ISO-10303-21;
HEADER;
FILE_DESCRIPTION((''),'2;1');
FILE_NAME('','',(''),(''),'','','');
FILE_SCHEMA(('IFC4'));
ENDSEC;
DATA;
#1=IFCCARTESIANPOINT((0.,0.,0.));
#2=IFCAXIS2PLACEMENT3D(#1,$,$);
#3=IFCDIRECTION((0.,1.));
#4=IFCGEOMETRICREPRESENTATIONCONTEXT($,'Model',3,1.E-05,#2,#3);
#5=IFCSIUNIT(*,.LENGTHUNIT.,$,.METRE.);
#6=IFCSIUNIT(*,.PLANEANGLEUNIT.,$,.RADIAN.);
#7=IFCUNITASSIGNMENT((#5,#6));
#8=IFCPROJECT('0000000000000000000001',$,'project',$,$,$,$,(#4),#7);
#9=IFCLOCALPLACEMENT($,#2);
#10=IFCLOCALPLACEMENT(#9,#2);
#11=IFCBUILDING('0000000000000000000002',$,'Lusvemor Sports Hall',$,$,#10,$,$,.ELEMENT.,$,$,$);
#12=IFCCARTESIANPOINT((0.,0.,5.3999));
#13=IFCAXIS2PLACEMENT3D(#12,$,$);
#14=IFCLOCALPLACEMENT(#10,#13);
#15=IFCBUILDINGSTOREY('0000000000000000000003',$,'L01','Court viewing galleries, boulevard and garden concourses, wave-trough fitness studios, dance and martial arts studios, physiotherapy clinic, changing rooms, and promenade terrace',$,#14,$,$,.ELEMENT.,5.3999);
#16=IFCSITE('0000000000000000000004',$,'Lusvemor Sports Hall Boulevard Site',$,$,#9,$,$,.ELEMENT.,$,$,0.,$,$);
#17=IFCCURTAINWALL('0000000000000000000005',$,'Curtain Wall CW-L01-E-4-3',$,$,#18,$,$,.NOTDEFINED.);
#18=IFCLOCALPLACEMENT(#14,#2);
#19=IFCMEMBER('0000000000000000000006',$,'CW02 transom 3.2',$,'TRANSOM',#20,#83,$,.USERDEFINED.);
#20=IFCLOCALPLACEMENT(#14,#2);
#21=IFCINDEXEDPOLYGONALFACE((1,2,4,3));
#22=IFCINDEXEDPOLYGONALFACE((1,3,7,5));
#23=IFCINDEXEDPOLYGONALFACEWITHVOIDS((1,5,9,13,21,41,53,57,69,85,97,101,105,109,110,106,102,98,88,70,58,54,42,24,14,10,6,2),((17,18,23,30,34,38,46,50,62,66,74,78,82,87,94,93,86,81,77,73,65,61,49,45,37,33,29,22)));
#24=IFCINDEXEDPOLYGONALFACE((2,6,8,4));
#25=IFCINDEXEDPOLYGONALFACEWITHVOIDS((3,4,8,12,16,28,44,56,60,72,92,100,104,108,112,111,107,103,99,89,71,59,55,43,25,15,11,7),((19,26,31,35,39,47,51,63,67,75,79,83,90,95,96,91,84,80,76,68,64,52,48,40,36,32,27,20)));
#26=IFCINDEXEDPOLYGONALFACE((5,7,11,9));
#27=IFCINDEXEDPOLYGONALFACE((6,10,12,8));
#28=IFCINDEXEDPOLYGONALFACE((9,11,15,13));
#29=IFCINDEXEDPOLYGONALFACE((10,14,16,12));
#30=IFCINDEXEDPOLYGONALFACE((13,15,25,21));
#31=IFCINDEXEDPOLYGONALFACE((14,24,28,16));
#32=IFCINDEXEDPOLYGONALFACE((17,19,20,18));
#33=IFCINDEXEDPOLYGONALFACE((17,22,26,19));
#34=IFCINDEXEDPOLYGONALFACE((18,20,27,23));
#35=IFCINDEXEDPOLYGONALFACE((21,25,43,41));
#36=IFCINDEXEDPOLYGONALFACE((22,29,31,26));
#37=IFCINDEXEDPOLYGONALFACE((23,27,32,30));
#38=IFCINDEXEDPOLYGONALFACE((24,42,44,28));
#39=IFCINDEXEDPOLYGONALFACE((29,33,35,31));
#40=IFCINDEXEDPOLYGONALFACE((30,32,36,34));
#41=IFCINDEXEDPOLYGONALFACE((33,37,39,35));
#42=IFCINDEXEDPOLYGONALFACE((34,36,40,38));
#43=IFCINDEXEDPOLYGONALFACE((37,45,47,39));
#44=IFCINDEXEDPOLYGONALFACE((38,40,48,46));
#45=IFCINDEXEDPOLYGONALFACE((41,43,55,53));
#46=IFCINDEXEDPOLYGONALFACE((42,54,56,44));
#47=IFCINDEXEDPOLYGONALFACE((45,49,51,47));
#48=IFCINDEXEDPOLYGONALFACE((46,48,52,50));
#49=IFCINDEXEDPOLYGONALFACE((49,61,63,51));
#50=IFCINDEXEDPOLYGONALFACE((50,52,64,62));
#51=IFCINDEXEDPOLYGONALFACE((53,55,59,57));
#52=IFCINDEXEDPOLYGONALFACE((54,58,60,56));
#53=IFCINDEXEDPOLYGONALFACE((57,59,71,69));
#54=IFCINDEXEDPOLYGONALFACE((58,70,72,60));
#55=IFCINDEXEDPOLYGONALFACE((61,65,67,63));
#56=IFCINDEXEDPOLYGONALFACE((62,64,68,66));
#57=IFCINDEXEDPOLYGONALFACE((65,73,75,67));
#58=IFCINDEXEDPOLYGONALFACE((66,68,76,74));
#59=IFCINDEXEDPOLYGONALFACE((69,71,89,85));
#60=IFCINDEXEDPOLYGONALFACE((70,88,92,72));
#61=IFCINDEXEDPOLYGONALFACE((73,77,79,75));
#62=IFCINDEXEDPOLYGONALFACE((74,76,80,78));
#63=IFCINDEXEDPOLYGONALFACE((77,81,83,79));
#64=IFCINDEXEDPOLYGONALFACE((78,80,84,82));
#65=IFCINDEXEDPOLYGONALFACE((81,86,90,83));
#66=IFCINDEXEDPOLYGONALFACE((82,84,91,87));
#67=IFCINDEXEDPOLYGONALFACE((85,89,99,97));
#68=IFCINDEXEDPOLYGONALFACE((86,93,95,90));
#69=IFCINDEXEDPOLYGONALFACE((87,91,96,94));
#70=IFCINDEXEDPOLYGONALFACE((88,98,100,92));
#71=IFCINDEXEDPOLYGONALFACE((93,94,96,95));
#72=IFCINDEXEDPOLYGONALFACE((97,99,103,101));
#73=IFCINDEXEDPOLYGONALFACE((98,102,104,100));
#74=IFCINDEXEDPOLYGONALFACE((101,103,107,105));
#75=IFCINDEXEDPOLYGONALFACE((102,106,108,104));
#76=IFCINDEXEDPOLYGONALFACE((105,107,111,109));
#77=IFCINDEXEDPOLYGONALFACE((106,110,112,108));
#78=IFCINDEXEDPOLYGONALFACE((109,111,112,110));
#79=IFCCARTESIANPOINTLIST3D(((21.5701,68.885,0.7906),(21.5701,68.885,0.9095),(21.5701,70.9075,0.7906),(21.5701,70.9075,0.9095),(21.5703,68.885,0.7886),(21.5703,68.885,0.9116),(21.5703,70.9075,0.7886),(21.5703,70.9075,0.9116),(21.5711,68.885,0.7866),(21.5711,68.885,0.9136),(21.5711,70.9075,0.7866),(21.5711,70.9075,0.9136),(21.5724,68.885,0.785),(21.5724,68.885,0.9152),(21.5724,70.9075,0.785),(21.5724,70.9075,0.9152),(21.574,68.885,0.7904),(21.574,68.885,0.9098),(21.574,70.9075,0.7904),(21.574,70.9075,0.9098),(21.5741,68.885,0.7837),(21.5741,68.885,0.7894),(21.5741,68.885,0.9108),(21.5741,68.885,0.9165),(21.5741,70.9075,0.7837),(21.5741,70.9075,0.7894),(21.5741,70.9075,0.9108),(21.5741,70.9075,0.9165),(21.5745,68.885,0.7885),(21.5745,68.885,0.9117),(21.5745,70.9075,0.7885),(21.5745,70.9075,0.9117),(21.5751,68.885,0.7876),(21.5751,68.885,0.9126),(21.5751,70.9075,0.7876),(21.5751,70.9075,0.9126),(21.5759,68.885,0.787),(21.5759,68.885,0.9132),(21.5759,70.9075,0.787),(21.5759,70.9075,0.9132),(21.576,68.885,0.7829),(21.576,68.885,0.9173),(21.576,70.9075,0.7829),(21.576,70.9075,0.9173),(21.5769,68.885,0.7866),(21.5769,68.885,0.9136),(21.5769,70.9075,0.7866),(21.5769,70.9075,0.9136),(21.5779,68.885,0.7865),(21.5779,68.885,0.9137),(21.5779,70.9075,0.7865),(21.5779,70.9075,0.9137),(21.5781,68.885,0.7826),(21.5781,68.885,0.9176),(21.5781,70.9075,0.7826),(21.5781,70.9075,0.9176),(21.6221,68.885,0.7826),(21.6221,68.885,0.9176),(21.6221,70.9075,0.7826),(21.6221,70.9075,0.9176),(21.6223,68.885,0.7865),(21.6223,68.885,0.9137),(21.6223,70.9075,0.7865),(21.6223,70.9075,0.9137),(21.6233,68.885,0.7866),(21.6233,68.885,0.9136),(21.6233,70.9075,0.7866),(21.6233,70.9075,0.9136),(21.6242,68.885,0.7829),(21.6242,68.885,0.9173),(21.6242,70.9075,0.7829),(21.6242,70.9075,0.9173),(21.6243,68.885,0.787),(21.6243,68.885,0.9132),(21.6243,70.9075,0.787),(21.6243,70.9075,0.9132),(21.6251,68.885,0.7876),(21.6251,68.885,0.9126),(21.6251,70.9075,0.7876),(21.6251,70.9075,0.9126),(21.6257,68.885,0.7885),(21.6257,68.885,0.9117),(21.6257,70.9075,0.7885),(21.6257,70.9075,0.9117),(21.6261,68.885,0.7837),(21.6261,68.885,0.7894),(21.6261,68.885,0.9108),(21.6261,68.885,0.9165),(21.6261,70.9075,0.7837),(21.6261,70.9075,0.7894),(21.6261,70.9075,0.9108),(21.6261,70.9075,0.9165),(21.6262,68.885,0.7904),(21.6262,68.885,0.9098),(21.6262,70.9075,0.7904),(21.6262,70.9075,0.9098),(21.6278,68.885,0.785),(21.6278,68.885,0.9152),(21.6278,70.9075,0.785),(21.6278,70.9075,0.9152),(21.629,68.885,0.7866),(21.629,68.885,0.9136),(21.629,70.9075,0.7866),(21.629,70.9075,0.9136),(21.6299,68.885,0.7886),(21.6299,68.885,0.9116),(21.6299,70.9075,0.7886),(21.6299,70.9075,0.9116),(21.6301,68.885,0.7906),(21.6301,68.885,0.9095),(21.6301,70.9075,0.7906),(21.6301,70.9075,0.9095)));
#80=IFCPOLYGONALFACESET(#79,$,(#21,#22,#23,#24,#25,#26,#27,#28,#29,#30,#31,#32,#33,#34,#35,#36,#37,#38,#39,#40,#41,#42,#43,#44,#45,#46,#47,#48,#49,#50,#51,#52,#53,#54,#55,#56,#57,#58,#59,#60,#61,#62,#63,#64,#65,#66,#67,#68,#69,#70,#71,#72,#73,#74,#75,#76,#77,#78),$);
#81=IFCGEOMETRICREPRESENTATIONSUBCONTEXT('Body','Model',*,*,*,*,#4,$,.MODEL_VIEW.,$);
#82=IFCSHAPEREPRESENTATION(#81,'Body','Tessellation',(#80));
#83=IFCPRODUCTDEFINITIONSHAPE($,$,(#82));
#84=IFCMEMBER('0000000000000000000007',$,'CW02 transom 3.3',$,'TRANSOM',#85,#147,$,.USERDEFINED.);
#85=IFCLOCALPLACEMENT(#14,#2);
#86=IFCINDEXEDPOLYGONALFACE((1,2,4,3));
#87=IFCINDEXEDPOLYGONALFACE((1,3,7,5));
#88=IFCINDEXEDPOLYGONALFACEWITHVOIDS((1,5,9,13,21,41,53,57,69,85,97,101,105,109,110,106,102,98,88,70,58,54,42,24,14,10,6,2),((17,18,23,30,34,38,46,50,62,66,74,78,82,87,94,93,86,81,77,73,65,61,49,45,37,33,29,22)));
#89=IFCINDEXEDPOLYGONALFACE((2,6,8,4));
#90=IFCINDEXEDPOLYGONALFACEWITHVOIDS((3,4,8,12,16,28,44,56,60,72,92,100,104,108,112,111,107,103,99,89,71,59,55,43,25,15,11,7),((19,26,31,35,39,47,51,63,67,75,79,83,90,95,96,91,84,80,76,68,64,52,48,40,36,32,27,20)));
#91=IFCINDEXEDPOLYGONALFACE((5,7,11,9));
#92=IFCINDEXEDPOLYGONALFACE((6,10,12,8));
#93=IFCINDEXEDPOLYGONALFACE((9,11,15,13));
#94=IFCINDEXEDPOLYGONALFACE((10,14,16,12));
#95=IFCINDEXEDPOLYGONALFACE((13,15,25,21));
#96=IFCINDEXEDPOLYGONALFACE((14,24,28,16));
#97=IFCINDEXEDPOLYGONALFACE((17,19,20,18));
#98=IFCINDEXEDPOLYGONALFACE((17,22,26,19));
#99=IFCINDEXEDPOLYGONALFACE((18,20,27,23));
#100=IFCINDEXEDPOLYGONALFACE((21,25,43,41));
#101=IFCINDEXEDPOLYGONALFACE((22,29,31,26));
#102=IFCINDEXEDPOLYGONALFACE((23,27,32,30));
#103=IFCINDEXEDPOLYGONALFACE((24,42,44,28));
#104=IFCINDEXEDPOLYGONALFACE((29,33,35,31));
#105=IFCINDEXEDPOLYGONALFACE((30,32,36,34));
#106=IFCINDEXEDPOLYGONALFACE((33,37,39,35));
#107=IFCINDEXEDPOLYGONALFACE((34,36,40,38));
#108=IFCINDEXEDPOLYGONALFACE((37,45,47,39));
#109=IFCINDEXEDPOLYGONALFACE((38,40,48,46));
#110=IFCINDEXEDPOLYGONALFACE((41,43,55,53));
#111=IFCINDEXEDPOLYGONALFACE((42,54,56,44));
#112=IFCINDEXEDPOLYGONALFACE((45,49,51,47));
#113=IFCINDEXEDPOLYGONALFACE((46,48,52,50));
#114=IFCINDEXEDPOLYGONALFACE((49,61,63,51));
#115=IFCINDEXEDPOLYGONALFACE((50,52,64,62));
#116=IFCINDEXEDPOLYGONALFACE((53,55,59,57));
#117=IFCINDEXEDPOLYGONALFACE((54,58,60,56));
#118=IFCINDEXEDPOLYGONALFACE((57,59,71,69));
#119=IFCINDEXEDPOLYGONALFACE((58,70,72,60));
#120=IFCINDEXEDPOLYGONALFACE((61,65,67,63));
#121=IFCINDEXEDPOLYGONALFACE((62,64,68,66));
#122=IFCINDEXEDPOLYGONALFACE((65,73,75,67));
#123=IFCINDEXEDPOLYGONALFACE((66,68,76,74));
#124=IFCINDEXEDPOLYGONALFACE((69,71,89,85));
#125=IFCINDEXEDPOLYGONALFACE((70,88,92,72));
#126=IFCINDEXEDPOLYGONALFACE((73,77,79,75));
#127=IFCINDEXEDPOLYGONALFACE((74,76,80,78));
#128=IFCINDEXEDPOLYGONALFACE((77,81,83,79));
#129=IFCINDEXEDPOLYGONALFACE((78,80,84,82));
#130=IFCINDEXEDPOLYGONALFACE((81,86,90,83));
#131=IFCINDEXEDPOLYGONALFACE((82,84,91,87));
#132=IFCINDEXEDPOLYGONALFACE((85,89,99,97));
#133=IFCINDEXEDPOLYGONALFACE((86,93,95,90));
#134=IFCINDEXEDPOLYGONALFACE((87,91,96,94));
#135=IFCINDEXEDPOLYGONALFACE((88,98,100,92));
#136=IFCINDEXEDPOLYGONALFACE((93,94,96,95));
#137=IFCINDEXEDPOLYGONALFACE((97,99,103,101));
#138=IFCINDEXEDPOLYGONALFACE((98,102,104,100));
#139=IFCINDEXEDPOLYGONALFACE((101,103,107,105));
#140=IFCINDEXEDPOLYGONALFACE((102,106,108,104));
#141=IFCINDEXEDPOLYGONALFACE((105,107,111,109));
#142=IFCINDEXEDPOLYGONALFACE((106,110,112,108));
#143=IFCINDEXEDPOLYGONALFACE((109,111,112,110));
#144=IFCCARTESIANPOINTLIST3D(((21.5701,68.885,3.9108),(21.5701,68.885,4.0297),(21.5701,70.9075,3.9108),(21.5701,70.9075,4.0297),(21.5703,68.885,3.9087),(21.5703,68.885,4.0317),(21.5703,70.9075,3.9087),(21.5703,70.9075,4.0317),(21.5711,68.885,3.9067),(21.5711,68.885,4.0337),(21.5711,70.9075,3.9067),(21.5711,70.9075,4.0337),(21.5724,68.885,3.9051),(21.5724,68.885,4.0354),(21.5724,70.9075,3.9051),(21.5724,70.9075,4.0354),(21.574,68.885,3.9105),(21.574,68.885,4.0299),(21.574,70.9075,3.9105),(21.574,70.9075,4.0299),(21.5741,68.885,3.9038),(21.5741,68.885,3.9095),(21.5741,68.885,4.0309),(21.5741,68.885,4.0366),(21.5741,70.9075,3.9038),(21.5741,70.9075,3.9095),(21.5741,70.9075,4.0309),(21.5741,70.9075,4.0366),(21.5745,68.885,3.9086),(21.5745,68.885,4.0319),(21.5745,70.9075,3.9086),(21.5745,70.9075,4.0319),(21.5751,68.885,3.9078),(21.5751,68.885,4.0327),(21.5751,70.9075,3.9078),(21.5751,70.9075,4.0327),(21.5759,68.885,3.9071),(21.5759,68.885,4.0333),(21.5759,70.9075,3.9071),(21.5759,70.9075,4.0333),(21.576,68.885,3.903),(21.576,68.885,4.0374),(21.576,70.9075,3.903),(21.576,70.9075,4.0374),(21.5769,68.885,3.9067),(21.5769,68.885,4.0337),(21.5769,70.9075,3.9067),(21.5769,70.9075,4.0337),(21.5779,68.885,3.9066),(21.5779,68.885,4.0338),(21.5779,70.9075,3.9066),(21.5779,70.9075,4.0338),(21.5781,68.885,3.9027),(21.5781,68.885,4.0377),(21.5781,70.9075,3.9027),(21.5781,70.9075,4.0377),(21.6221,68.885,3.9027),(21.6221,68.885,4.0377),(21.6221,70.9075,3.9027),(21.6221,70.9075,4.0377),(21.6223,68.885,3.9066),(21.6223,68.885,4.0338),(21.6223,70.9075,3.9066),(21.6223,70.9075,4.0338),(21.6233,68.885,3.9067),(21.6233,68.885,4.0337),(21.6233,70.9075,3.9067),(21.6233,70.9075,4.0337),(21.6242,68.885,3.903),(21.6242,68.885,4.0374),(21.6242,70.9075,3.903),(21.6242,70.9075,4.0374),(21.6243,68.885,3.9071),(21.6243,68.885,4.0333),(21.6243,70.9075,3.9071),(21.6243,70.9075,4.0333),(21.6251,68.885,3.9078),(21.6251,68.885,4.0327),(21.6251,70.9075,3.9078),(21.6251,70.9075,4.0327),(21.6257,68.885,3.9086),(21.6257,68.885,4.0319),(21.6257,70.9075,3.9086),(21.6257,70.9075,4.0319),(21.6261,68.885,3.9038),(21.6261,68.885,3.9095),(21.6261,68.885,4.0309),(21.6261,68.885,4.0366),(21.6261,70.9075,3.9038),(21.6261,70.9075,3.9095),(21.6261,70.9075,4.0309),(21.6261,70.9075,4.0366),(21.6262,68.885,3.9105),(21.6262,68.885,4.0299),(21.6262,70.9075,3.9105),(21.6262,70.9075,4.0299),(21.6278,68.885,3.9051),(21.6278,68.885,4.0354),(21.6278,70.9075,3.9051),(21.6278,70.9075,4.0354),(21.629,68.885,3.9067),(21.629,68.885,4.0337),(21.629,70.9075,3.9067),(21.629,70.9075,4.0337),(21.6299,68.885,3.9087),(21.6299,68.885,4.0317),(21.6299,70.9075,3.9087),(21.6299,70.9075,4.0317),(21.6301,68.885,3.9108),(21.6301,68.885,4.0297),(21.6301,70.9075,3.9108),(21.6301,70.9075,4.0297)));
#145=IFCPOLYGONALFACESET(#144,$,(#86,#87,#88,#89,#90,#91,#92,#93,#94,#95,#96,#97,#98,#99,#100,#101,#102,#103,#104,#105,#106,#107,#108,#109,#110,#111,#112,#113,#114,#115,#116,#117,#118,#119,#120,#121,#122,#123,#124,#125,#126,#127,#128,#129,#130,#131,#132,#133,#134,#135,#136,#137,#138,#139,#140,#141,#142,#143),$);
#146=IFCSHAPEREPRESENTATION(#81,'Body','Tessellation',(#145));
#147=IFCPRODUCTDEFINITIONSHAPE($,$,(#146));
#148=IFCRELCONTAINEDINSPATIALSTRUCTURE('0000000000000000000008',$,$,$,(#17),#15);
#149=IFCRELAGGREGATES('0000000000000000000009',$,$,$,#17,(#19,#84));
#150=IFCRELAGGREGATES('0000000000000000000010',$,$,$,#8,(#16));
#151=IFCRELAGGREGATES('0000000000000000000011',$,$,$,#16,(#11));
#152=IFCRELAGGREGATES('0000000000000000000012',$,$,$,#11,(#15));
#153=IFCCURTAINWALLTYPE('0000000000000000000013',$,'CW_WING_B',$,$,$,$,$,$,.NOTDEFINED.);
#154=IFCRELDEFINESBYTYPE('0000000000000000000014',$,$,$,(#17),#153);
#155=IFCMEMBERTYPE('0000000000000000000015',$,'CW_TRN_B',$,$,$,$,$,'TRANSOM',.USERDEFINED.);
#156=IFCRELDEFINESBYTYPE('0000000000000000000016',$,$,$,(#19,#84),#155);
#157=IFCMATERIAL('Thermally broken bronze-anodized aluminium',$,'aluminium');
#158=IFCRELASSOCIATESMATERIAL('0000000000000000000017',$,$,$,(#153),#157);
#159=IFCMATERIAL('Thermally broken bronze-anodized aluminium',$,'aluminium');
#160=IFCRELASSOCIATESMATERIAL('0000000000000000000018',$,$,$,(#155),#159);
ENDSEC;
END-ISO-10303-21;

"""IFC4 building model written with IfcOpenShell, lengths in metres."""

from ifc_helpers import new_model, si_unit, direction, frame, origin, origin_2d, place, context, subcontext, project, spatial, hollow_rectangle, extrude, material, material_profile, profile_set, type_object, element, aggregate, save


model = new_model("IFC4")

# Units and contexts
model_context = context("Model", 3, precision=1e-05, world=origin(), true_north=direction((0.0, 1.0)))
body_context = subcontext(model_context, "Body", "Model", "MODEL_VIEW")
ifc_project = project(units=[si_unit("LENGTHUNIT", "METRE"), si_unit("PLANEANGLEUNIT", "RADIAN")], contexts=[model_context])

# Site, building, storey
site_placement = place(None, origin())
site = spatial("IfcSite", under=ifc_project, at=site_placement, Name="Lusvemor Sports Hall Boulevard Site", CompositionType="ELEMENT", RefElevation=0.0)
building_placement = place(site_placement, origin())
building = spatial("IfcBuilding", under=site, at=building_placement, Name="Lusvemor Sports Hall", CompositionType="ELEMENT")
storey_placement = place(building_placement, frame((0.0, 0.0, 5.3999)))
storey = spatial("IfcBuildingStorey", under=building, at=storey_placement, Name="L01", Description="Court viewing galleries, boulevard and garden concourses, wave-trough fitness studios, dance and martial arts studios, physiotherapy clinic, changing rooms, and promenade terrace", CompositionType="ELEMENT", Elevation=5.3999)

# Shared definitions
ifc_material_1 = material(Name="Thermally broken bronze-anodized aluminium", Category="aluminium")
curtain_wall_type = type_object("IfcCurtainWallType", Name="CW_WING_B", PredefinedType="NOTDEFINED", material=ifc_material_1)

# Curtain wall
curtain_wall_1_placement = place(storey_placement, origin())
curtain_wall_1 = element("IfcCurtainWall", 1, at=curtain_wall_1_placement, inside=storey, type_object=curtain_wall_type, Name="Curtain Wall CW-L01-E-4-3", PredefinedType="NOTDEFINED")

# Members
ifc_material_2 = material(Name="Thermally broken bronze-anodized aluminium", Category="aluminium")
ifc_material_profile_1 = material_profile(ifc_material_2, hollow_rectangle(XDim=0.0601, YDim=0.135, WallThickness=0.0039, InnerFilletRadius=0.0039, OuterFilletRadius=0.0081, at=origin_2d()), Name="CWTRN135x60x4")
ifc_profile_set_1 = profile_set([ifc_material_profile_1], Name="Thermally broken bronze-anodized aluminium")
member_type_1 = type_object("IfcMemberType", Name="CW_TRN_B", ElementType="TRANSOM", PredefinedType="USERDEFINED", material=ifc_profile_set_1)
member_1_placement = place(storey_placement, frame((21.6001, 70.9075, 0.8501), z_axis=(0.0, -1.0, 0.0), x_axis=(1.0, 0.0, 0.0)))
member_1 = element("IfcMember", 2, at=member_1_placement, type_object=member_type_1, Name="CW02 transom 3.2", ObjectType="TRANSOM", PredefinedType="USERDEFINED", context=body_context, shape_type="SweptSolid", body=[
    extrude(hollow_rectangle(XDim=0.0601, YDim=0.135, WallThickness=0.0039, InnerFilletRadius=0.0039, OuterFilletRadius=0.0081, at=origin_2d()), origin(), (0.0, 0.0, 1.0), 2.0225),
])
member_2_placement = place(storey_placement, frame((21.6001, 70.9075, 3.9702), z_axis=(0.0, -1.0, 0.0), x_axis=(1.0, 0.0, 0.0)))
member_2 = element("IfcMember", 3, at=member_2_placement, type_object=member_type_1, Name="CW02 transom 3.3", ObjectType="TRANSOM", PredefinedType="USERDEFINED", context=body_context, shape_type="SweptSolid", body=[
    extrude(hollow_rectangle(XDim=0.0601, YDim=0.135, WallThickness=0.0039, InnerFilletRadius=0.0039, OuterFilletRadius=0.0081, at=origin_2d()), origin(), (0.0, 0.0, 1.0), 2.0225),
])

aggregate(curtain_wall_1, [member_1, member_2])

save(model, "model.ifc")
